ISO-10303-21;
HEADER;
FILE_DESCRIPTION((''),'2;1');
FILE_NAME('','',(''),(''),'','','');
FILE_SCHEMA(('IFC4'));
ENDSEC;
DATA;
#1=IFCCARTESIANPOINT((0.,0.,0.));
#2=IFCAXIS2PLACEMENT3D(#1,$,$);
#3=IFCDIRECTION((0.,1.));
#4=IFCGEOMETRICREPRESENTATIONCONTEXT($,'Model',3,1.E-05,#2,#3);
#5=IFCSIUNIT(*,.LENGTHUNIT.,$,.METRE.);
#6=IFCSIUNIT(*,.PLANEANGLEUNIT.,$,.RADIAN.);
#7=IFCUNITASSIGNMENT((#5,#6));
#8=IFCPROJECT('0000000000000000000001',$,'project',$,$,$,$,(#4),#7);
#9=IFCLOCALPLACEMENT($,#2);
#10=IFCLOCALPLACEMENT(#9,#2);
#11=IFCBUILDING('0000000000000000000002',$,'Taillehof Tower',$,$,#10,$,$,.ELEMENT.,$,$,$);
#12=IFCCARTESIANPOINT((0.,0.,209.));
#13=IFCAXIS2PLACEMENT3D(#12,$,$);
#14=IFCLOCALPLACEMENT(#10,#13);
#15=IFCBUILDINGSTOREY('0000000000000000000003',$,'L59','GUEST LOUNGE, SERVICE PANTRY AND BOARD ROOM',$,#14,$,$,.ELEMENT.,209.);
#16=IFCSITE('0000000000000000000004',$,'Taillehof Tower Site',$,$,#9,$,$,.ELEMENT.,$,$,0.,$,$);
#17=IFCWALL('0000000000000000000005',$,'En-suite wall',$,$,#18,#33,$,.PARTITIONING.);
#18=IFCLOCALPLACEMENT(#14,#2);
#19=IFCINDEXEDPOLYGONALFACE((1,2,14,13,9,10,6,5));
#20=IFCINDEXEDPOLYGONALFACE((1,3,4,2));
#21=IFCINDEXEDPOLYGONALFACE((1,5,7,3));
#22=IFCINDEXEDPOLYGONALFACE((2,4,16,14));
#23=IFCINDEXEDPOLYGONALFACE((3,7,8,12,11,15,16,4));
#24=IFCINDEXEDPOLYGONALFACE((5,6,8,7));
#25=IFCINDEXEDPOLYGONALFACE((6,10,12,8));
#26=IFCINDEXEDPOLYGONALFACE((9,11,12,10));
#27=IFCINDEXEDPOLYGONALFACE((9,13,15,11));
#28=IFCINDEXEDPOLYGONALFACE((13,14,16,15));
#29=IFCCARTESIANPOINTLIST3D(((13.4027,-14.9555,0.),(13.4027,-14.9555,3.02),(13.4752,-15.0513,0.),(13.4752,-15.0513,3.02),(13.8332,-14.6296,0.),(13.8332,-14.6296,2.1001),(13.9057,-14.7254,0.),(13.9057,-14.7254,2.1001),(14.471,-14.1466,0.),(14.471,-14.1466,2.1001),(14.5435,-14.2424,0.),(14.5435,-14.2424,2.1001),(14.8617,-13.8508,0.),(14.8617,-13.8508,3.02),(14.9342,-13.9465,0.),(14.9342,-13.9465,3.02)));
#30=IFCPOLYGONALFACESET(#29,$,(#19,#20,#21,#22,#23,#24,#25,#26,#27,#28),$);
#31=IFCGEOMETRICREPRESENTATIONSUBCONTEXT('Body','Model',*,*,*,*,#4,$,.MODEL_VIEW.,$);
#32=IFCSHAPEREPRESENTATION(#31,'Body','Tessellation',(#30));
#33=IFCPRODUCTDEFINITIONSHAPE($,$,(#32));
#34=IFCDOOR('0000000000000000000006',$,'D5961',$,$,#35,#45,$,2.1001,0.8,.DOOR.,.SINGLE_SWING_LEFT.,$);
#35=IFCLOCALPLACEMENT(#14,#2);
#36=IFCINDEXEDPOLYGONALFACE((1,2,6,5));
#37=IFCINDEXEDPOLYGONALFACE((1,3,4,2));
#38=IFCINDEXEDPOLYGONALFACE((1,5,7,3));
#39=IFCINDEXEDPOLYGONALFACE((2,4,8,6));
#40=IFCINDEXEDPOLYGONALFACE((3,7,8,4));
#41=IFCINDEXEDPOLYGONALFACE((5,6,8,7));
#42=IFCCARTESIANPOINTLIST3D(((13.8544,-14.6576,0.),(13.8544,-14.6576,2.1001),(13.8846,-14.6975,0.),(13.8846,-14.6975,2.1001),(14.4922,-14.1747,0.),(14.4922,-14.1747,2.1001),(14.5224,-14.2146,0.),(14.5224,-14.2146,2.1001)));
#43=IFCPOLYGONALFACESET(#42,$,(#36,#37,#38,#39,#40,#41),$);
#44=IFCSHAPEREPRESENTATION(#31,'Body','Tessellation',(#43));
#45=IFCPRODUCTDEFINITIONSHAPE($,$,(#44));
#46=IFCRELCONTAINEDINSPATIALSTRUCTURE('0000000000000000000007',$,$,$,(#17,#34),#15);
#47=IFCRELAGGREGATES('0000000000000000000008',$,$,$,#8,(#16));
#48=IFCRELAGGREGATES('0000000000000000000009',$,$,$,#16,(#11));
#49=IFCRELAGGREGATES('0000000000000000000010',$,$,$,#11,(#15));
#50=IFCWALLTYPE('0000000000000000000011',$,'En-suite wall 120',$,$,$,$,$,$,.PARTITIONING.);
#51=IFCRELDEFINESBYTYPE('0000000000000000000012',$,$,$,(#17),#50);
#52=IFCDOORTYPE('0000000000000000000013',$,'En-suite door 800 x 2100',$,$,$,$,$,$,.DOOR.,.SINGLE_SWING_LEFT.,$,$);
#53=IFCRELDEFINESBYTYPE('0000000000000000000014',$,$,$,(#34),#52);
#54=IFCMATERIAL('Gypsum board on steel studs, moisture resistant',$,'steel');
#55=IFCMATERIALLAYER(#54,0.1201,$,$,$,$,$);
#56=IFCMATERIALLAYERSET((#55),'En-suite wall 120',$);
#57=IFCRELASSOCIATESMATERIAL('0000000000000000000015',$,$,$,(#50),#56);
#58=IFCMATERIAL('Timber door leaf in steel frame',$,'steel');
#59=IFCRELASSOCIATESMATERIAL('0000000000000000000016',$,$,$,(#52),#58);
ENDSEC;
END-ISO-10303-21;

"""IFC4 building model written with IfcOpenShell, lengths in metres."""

from ifc_helpers import new_model, si_unit, direction, frame, frame_2d, origin, place, context, subcontext, project, spatial, rectangle, extrude, material, layer, layer_set, type_object, element, fill, save


model = new_model("IFC4")

# Units and contexts
model_context = context("Model", 3, precision=1e-05, world=origin(), true_north=direction((0.0, 1.0)))
body_context = subcontext(model_context, "Body", "Model", "MODEL_VIEW")
ifc_project = project(units=[si_unit("LENGTHUNIT", "METRE"), si_unit("PLANEANGLEUNIT", "RADIAN")], contexts=[model_context])

# Site, building, storey
site_placement = place(None, origin())
site = spatial("IfcSite", under=ifc_project, at=site_placement, Name="Taillehof Tower Site", CompositionType="ELEMENT", RefElevation=0.0)
building_placement = place(site_placement, origin())
building = spatial("IfcBuilding", under=site, at=building_placement, Name="Taillehof Tower", CompositionType="ELEMENT")
storey_placement = place(building_placement, frame((0.0, 0.0, 209.0)))
storey = spatial("IfcBuildingStorey", under=building, at=storey_placement, Name="L59", Description="GUEST LOUNGE, SERVICE PANTRY AND BOARD ROOM", CompositionType="ELEMENT", Elevation=209.0)

# Shared definitions
ifc_material_1 = material(Name="Gypsum board on steel studs, moisture resistant", Category="steel")
ifc_layer_1 = layer(ifc_material_1, 0.1201)
ifc_layer_set_1 = layer_set([ifc_layer_1], Name="En-suite wall 120")
wall_type_1 = type_object("IfcWallType", Name="En-suite wall 120", PredefinedType="PARTITIONING", material=ifc_layer_set_1)

# Wall, opening, door
wall_1_placement = place(storey_placement, frame((13.439, -15.0034, 0.0), z_axis=(0.0, 0.0, 1.0), x_axis=(0.797238, 0.603665, 0.0)))
wall_1 = element("IfcWall", 1, at=wall_1_placement, inside=storey, type_object=wall_type_1, Name="En-suite wall", PredefinedType="PARTITIONING", context=body_context, shape_type="SweptSolid", body=[
    extrude(rectangle(XDim=1.8301, YDim=0.1201, at=frame_2d((0.915, 0.0))), origin(), (0.0, 0.0, 1.0), 3.02),
])
opening_1_placement = place(wall_1_placement, frame((0.54, 0.0, 0.0)))
opening_1 = element("IfcOpeningElement", 2, at=opening_1_placement, cuts=wall_1, PredefinedType="OPENING", context=body_context, shape_type="SweptSolid", body=[
    extrude(rectangle(XDim=0.8, YDim=2.1001, at=frame_2d((0.3999, 1.05))), frame((0.0, 0.0701, 0.0), z_axis=(0.0, -1.0, 0.0), x_axis=(1.0, 0.0, 0.0)), (0.0, 0.0, 1.0), 0.1401),
])
ifc_material_2 = material(Name="Timber door leaf in steel frame", Category="steel")
door_type_1 = type_object("IfcDoorType", Name="En-suite door 800 x 2100", OperationType="SINGLE_SWING_LEFT", PredefinedType="DOOR", material=ifc_material_2)
door_1_placement = place(opening_1_placement, origin())
door_1 = element("IfcDoor", 3, at=door_1_placement, inside=storey, type_object=door_type_1, Name="D5961", OperationType="SINGLE_SWING_LEFT", OverallHeight=2.1001, OverallWidth=0.8, PredefinedType="DOOR", context=body_context, shape_type="SweptSolid", body=[
    extrude(rectangle(XDim=0.8, YDim=2.1001, at=frame_2d((0.3999, 1.05))), frame((0.0, 0.0249, 0.0), z_axis=(0.0, -1.0, 0.0), x_axis=(1.0, 0.0, 0.0)), (0.0, 0.0, 1.0), 0.05),
])
fill(opening_1, door_1)

save(model, "model.ifc")
